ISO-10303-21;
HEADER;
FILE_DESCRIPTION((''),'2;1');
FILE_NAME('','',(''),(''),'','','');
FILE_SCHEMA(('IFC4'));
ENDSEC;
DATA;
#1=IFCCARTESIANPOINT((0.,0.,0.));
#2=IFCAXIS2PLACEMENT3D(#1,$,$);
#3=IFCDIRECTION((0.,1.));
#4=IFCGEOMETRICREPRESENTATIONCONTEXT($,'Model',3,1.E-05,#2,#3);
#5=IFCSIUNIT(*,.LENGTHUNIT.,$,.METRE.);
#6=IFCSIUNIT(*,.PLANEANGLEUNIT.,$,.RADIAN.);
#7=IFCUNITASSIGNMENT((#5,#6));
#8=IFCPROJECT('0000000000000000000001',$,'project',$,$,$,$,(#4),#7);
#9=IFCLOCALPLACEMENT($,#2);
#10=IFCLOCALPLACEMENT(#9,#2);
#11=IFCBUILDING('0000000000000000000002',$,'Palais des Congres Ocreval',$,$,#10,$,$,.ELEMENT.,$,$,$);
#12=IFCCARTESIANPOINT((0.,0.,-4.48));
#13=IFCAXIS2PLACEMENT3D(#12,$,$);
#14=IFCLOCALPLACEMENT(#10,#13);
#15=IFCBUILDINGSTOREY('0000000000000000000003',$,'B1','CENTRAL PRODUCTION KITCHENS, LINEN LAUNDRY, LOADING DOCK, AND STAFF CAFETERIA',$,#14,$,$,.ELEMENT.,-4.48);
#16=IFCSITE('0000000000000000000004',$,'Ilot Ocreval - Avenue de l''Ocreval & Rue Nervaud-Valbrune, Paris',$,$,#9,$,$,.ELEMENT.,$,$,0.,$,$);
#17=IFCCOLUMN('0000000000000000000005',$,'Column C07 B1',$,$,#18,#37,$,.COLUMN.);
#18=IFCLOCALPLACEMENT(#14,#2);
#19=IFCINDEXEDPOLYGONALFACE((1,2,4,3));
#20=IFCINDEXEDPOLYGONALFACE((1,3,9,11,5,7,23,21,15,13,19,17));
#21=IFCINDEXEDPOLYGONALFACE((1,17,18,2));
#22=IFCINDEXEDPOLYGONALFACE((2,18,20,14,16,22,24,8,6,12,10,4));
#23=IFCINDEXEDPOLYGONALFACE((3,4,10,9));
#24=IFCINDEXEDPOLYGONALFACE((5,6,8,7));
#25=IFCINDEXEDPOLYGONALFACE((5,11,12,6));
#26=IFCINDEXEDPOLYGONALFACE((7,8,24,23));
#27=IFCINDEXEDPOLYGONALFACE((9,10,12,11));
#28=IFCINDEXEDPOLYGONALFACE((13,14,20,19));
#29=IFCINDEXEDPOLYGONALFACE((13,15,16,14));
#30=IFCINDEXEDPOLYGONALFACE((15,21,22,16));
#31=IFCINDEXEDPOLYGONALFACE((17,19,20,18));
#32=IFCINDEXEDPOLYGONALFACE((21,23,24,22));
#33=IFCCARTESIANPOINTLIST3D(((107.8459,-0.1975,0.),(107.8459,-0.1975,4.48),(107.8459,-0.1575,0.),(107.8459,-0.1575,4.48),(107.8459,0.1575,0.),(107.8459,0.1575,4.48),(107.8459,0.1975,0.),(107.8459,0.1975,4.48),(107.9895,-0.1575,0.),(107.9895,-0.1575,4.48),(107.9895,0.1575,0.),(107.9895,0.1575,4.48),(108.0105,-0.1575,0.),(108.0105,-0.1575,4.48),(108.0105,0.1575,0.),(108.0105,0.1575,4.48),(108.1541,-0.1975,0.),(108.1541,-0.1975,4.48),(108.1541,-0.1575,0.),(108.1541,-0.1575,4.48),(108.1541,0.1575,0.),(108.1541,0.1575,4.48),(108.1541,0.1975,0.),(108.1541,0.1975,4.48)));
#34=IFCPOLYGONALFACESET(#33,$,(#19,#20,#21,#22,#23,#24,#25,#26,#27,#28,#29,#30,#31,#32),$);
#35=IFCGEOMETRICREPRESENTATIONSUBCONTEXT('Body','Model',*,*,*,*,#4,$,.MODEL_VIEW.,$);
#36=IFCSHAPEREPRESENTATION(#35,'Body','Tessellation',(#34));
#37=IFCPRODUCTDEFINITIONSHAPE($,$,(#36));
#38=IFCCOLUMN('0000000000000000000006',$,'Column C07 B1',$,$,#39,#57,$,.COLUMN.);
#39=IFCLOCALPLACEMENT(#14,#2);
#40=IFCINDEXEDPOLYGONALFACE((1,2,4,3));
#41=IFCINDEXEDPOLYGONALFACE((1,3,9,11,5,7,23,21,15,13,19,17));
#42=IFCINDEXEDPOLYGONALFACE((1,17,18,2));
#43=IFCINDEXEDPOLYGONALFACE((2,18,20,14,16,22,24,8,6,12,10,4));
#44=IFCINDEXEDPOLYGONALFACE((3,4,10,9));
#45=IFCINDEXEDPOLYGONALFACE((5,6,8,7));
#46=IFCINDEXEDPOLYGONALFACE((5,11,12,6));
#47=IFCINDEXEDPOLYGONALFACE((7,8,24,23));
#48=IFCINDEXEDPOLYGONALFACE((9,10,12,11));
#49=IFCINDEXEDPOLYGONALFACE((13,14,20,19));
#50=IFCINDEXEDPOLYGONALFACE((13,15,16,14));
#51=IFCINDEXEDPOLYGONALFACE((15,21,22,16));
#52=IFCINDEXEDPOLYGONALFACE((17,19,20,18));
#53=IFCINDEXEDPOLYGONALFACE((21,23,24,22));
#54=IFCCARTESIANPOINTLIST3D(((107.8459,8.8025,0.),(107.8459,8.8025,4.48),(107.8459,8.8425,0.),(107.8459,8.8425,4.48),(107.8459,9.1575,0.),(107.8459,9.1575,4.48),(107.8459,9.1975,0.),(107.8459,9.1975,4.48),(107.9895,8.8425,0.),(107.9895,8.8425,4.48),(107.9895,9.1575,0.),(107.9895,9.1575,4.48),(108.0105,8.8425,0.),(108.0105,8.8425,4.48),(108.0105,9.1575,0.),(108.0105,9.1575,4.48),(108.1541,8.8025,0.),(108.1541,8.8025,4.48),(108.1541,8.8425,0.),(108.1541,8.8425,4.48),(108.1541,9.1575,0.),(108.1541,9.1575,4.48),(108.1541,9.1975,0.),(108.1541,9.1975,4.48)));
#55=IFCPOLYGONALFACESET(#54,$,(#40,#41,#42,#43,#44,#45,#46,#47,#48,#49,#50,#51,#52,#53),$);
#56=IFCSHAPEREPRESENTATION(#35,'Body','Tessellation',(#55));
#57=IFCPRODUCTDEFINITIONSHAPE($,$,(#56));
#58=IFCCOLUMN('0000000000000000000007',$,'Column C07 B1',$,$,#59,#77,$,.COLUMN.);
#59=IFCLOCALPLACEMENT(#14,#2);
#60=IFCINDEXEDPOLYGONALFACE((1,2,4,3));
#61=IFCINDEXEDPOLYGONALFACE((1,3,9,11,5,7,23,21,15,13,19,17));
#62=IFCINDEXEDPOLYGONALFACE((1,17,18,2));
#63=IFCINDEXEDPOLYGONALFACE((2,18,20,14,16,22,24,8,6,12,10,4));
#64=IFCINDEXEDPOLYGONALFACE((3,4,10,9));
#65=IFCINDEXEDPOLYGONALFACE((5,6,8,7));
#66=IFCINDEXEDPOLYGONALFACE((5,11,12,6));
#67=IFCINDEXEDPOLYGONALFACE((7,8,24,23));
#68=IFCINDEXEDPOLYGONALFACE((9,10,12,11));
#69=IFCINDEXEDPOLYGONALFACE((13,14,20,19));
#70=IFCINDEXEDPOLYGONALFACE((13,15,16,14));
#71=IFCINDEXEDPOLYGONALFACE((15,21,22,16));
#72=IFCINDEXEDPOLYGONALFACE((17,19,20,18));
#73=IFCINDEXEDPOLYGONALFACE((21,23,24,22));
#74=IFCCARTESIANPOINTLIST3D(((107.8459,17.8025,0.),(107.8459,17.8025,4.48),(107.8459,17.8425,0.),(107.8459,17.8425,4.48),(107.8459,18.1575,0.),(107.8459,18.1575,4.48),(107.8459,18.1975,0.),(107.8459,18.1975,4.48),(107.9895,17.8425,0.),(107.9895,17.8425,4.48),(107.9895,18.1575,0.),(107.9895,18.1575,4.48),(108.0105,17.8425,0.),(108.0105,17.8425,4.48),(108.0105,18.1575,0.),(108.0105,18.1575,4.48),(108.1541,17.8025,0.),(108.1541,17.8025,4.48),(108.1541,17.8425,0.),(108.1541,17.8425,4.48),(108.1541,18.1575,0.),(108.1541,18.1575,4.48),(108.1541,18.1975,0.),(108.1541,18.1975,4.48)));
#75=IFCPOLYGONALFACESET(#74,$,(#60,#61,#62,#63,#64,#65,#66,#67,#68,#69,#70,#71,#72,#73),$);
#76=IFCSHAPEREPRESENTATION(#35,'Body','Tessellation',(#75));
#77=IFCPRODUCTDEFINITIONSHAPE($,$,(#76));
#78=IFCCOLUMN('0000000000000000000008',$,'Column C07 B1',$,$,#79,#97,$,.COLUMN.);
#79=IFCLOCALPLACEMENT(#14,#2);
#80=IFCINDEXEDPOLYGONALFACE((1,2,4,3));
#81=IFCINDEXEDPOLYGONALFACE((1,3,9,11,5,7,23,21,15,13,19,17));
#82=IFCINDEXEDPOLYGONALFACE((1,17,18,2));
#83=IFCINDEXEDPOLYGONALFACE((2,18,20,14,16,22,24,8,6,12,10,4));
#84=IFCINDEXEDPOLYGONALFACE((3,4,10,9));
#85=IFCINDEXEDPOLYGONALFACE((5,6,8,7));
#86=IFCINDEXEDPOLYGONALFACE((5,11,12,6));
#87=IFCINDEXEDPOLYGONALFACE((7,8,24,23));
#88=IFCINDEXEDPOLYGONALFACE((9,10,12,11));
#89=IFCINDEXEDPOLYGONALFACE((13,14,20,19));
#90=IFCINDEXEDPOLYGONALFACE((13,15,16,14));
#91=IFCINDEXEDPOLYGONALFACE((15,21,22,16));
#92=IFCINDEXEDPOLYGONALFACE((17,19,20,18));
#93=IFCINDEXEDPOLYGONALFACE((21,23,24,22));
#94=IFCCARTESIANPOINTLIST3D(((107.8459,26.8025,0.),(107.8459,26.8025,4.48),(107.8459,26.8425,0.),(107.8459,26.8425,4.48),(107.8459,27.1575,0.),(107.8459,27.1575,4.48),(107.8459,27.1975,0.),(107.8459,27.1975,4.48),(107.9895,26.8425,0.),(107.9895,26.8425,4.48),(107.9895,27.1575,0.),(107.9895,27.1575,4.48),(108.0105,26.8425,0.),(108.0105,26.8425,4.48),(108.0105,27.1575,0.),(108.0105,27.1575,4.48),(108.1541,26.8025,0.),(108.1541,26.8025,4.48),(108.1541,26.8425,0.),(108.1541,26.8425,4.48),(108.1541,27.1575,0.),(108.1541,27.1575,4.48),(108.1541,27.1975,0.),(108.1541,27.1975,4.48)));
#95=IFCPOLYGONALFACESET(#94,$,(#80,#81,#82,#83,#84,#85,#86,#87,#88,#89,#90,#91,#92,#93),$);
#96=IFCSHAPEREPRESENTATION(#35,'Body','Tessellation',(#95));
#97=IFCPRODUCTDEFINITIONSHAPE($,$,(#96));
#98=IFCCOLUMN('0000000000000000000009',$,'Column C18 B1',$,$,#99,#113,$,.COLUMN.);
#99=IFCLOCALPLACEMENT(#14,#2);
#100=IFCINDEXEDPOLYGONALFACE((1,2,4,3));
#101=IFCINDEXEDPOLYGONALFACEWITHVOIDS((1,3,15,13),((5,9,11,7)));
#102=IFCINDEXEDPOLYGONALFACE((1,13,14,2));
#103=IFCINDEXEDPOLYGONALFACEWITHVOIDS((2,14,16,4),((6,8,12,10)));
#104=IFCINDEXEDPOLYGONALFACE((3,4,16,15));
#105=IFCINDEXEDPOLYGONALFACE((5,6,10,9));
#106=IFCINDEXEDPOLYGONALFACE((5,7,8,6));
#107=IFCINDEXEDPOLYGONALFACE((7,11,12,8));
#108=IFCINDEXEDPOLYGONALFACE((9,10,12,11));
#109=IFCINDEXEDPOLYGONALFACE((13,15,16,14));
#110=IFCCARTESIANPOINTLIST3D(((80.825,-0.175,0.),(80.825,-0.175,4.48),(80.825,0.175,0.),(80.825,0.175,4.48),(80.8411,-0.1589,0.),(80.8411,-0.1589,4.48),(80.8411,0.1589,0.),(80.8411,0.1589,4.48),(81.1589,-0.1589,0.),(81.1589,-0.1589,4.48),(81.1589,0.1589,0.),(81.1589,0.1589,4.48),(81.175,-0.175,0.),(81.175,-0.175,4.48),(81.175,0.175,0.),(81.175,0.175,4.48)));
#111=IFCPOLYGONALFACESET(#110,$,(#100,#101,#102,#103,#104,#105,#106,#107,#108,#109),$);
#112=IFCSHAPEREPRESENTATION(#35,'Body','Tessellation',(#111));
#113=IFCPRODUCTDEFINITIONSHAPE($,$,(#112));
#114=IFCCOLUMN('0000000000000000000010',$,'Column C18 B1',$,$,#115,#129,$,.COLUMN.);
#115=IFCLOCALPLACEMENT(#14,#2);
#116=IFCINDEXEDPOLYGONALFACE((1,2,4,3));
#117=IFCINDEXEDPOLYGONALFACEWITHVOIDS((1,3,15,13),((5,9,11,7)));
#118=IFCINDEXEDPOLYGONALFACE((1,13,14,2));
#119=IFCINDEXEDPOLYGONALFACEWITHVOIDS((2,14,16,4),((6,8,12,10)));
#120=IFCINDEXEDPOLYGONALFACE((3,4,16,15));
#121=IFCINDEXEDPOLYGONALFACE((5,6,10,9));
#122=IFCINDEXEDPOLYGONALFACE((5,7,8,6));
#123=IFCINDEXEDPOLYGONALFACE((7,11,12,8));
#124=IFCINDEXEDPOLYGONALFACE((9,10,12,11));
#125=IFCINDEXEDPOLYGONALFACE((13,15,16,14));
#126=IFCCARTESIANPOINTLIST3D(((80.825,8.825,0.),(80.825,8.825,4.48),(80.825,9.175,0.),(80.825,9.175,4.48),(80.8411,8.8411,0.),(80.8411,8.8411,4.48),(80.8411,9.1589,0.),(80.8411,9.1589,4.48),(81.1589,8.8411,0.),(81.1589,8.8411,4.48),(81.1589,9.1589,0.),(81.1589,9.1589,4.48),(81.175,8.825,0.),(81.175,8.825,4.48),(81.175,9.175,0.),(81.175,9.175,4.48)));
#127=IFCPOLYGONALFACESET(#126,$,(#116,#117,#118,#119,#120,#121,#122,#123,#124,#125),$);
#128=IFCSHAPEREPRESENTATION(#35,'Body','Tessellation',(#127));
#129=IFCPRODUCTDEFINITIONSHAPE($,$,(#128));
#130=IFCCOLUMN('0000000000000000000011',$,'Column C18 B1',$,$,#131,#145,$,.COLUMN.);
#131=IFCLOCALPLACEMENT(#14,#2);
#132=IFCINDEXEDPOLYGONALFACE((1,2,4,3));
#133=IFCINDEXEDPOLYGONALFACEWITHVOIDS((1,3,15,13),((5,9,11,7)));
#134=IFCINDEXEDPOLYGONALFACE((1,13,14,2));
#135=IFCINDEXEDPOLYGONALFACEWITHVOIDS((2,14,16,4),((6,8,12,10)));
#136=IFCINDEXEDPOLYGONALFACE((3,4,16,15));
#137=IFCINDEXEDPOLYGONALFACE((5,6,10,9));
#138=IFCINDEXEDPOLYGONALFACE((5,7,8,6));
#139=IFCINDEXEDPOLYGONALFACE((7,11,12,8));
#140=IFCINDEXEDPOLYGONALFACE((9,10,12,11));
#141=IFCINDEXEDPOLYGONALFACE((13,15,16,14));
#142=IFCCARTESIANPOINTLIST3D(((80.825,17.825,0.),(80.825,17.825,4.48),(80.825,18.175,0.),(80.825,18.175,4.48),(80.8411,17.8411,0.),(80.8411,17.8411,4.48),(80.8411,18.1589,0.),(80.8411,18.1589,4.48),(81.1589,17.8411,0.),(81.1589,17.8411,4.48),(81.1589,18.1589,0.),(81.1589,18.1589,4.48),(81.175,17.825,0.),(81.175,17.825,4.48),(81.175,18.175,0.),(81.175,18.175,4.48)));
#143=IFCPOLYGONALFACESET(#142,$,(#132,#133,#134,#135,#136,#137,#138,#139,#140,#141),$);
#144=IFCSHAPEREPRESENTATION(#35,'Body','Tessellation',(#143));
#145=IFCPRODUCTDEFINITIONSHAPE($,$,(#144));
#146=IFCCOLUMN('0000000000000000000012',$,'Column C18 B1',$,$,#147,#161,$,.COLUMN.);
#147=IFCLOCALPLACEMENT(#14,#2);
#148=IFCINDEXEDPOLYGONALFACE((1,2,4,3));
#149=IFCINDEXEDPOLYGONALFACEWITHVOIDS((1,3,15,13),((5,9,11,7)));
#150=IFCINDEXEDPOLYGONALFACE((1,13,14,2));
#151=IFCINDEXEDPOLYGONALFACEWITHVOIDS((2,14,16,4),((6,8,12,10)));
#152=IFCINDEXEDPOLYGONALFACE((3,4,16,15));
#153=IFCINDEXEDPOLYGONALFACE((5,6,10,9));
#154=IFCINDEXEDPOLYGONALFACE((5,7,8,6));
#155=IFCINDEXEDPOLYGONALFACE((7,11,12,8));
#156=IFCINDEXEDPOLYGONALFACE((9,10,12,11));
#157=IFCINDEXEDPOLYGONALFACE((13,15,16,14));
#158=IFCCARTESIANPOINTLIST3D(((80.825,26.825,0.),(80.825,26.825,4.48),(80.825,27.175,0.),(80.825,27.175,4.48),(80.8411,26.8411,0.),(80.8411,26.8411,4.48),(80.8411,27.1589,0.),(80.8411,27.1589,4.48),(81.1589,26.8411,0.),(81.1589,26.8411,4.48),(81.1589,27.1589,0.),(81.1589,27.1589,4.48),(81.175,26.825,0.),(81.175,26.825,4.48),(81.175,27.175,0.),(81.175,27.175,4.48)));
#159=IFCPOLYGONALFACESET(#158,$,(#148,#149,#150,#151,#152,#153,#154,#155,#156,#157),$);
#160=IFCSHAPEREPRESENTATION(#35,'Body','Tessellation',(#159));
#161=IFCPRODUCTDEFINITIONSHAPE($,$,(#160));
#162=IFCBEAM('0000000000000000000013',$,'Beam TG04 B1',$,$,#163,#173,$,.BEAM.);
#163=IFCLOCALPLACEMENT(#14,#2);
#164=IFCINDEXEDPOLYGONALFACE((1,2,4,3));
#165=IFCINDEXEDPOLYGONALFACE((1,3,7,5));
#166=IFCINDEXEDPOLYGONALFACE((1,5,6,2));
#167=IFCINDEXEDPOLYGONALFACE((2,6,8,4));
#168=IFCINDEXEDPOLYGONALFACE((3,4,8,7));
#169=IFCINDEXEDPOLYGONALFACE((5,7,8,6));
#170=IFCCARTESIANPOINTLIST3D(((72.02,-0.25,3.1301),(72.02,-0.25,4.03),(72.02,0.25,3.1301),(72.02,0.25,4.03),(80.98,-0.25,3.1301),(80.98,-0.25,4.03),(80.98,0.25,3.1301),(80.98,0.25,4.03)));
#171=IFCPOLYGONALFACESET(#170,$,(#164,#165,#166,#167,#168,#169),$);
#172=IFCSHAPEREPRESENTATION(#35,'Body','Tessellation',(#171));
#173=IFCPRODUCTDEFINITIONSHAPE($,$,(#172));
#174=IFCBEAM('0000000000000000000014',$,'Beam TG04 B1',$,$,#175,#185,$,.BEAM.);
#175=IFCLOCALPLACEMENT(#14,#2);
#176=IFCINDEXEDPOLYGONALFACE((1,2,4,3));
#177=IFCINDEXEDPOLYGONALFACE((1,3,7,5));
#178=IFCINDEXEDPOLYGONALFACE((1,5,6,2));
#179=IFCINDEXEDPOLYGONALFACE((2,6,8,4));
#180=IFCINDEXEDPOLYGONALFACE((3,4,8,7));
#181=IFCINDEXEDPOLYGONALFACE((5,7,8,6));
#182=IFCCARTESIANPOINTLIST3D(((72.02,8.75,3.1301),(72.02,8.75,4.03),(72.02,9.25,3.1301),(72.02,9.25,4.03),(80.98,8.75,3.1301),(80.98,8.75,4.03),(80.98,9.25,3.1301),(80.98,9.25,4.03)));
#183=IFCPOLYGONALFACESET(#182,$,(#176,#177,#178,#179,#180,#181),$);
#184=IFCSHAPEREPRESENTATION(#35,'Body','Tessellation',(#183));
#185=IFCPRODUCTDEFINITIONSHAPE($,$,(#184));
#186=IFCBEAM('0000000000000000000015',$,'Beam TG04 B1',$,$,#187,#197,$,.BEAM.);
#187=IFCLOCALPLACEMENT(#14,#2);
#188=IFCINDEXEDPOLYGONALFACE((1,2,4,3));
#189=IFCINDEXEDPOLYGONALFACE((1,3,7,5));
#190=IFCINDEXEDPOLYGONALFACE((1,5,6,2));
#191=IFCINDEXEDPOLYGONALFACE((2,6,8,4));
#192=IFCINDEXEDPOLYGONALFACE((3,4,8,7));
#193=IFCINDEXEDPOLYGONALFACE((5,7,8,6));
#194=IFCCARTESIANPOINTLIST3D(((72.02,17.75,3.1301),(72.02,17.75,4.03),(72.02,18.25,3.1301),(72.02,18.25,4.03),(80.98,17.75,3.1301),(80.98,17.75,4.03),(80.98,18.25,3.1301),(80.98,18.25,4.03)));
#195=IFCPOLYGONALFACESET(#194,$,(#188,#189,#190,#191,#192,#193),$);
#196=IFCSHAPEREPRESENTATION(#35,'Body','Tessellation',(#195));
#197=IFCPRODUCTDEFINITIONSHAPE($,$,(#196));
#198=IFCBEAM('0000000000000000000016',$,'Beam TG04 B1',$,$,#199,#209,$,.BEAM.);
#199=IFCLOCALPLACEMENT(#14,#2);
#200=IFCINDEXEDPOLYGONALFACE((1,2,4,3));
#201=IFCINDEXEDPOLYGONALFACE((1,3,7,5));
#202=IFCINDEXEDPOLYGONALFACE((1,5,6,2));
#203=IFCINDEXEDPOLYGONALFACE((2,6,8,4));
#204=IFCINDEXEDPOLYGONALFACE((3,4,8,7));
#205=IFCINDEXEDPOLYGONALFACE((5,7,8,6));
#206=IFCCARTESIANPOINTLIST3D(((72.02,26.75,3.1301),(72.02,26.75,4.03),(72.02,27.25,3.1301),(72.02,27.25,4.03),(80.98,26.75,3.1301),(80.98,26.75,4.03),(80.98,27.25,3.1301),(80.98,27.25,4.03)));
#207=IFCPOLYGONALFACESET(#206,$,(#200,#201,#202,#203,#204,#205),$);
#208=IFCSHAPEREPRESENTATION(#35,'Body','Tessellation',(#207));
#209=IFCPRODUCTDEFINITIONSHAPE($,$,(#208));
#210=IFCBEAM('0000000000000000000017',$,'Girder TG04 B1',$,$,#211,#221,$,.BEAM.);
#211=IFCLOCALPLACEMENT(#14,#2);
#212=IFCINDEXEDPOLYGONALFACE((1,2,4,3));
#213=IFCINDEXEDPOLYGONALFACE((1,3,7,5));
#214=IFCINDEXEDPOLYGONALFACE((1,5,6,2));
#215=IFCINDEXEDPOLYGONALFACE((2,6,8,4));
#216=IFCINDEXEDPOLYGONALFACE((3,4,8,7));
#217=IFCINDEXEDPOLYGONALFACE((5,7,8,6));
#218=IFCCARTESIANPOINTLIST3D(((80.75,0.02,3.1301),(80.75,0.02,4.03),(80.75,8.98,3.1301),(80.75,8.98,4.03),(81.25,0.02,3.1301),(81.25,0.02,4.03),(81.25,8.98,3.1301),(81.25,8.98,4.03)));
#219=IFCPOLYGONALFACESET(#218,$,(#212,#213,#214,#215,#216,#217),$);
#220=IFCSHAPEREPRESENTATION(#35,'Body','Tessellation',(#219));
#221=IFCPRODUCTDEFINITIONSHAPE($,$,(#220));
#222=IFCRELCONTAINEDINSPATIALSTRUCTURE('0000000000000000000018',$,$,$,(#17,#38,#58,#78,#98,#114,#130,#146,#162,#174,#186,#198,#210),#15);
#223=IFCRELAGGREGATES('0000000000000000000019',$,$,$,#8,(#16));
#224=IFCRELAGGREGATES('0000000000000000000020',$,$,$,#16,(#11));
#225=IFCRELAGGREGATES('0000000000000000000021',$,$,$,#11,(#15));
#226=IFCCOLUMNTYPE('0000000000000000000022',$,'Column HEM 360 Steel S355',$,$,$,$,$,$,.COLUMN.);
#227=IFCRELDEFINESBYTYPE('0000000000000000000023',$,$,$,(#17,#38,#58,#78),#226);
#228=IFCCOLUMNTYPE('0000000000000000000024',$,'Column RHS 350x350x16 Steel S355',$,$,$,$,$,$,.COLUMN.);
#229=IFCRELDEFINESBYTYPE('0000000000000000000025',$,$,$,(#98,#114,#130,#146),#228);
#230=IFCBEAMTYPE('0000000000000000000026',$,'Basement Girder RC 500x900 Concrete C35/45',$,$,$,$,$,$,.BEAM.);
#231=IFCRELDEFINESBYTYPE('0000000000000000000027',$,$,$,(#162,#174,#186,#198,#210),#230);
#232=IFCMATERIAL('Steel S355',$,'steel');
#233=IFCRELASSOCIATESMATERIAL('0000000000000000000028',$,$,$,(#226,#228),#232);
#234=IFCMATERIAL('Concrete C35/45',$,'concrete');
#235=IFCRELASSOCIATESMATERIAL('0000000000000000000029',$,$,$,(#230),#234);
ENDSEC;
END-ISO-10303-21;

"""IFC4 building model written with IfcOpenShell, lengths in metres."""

from ifc_helpers import new_model, si_unit, direction, frame, origin, origin_2d, place, context, subcontext, project, spatial, rectangle, hollow_rectangle, i_section, extrude, material, material_profile, profile_set, type_object, element, save


model = new_model("IFC4")

# Units and contexts
model_context = context("Model", 3, precision=1e-05, world=origin(), true_north=direction((0.0, 1.0)))
body_context = subcontext(model_context, "Body", "Model", "MODEL_VIEW")
ifc_project = project(units=[si_unit("LENGTHUNIT", "METRE"), si_unit("PLANEANGLEUNIT", "RADIAN")], contexts=[model_context])

# Site, building, storey
site_placement = place(None, origin())
site = spatial("IfcSite", under=ifc_project, at=site_placement, Name="Ilot Ocreval - Avenue de l'Ocreval & Rue Nervaud-Valbrune, Paris", CompositionType="ELEMENT", RefElevation=0.0)
building_placement = place(site_placement, origin())
building = spatial("IfcBuilding", under=site, at=building_placement, Name="Palais des Congres Ocreval", CompositionType="ELEMENT")
storey_placement = place(building_placement, frame((0.0, 0.0, -4.48)))
storey = spatial("IfcBuildingStorey", under=building, at=storey_placement, Name="B1", Description="CENTRAL PRODUCTION KITCHENS, LINEN LAUNDRY, LOADING DOCK, AND STAFF CAFETERIA", CompositionType="ELEMENT", Elevation=-4.48)

# Columns
ifc_material_1 = material(Name="Steel S355", Category="steel")
ifc_material_profile_1 = material_profile(ifc_material_1, i_section(OverallWidth=0.3081, OverallDepth=0.395, WebThickness=0.021, FlangeThickness=0.04, at=origin_2d()), Name="HEM 360")
ifc_profile_set_1 = profile_set([ifc_material_profile_1], Name="Steel S355")
column_type_1 = type_object("IfcColumnType", Name="Column HEM 360 Steel S355", PredefinedType="COLUMN", material=ifc_profile_set_1)
for number, where, z_axis, x_axis, name in (
    (1, (108.0, 0.0, 0.0), (0.0, 0.0, 1.0), (1.0, 0.0, 0.0), "Column C07 B1"),
    (2, (108.0, 9.0, 0.0), (0.0, 0.0, 1.0), (1.0, 0.0, 0.0), "Column C07 B1"),
    (3, (108.0, 18.0, 0.0), (0.0, 0.0, 1.0), (1.0, 0.0, 0.0), "Column C07 B1"),
    (4, (108.0, 27.0, 0.0), (0.0, 0.0, 1.0), (1.0, 0.0, 0.0), "Column C07 B1"),
):
    element("IfcColumn", number, at=place(storey_placement, frame(where, z_axis=z_axis, x_axis=x_axis)), inside=storey, type_object=column_type_1, Name=name, PredefinedType="COLUMN", context=body_context, shape_type="SweptSolid", body=[
        extrude(i_section(OverallWidth=0.3081, OverallDepth=0.395, WebThickness=0.021, FlangeThickness=0.04, at=origin_2d()), origin(), (0.0, 0.0, 1.0), 4.48),
    ])
ifc_material_profile_2 = material_profile(ifc_material_1, hollow_rectangle(XDim=0.3501, YDim=0.3501, WallThickness=0.0161, at=origin_2d()), Name="RHS 350x350x16")
ifc_profile_set_2 = profile_set([ifc_material_profile_2], Name="Steel S355")
column_type_2 = type_object("IfcColumnType", Name="Column RHS 350x350x16 Steel S355", PredefinedType="COLUMN", material=ifc_profile_set_2)
for number, where, z_axis, x_axis, name in (
    (5, (81.0, 0.0, 0.0), (0.0, 0.0, 1.0), (1.0, 0.0, 0.0), "Column C18 B1"),
    (6, (81.0, 9.0, 0.0), (0.0, 0.0, 1.0), (1.0, 0.0, 0.0), "Column C18 B1"),
    (7, (81.0, 18.0, 0.0), (0.0, 0.0, 1.0), (1.0, 0.0, 0.0), "Column C18 B1"),
    (8, (81.0, 27.0, 0.0), (0.0, 0.0, 1.0), (1.0, 0.0, 0.0), "Column C18 B1"),
):
    element("IfcColumn", number, at=place(storey_placement, frame(where, z_axis=z_axis, x_axis=x_axis)), inside=storey, type_object=column_type_2, Name=name, PredefinedType="COLUMN", context=body_context, shape_type="SweptSolid", body=[
        extrude(hollow_rectangle(XDim=0.3501, YDim=0.3501, WallThickness=0.0161, at=origin_2d()), origin(), (0.0, 0.0, 1.0), 4.48),
    ])

# Beams
ifc_material_2 = material(Name="Concrete C35/45", Category="concrete")
ifc_material_profile_3 = material_profile(ifc_material_2, rectangle(XDim=0.5, YDim=0.8999, at=origin_2d()), Name="RC 500x900")
ifc_profile_set_3 = profile_set([ifc_material_profile_3], Name="Concrete C35/45")
beam_type_1 = type_object("IfcBeamType", Name="Basement Girder RC 500x900 Concrete C35/45", PredefinedType="BEAM", material=ifc_profile_set_3)
for number, where, z_axis, x_axis, name in (
    (9, (72.02, 0.0, 3.5801), (1.0, 0.0, 0.0), (0.0, 1.0, 0.0), "Beam TG04 B1"),
    (10, (72.02, 9.0, 3.5801), (1.0, 0.0, 0.0), (0.0, 1.0, 0.0), "Beam TG04 B1"),
    (11, (72.02, 18.0, 3.5801), (1.0, 0.0, 0.0), (0.0, 1.0, 0.0), "Beam TG04 B1"),
    (12, (72.02, 27.0, 3.5801), (1.0, 0.0, 0.0), (0.0, 1.0, 0.0), "Beam TG04 B1"),
    (13, (81.0, 0.02, 3.5801), (0.0, 1.0, 0.0), (-1.0, 0.0, 0.0), "Girder TG04 B1"),
):
    element("IfcBeam", number, at=place(storey_placement, frame(where, z_axis=z_axis, x_axis=x_axis)), inside=storey, type_object=beam_type_1, Name=name, PredefinedType="BEAM", context=body_context, shape_type="SweptSolid", body=[
        extrude(rectangle(XDim=0.5, YDim=0.8999, at=origin_2d()), origin(), (0.0, 0.0, 1.0), 8.96),
    ])

save(model, "model.ifc")
